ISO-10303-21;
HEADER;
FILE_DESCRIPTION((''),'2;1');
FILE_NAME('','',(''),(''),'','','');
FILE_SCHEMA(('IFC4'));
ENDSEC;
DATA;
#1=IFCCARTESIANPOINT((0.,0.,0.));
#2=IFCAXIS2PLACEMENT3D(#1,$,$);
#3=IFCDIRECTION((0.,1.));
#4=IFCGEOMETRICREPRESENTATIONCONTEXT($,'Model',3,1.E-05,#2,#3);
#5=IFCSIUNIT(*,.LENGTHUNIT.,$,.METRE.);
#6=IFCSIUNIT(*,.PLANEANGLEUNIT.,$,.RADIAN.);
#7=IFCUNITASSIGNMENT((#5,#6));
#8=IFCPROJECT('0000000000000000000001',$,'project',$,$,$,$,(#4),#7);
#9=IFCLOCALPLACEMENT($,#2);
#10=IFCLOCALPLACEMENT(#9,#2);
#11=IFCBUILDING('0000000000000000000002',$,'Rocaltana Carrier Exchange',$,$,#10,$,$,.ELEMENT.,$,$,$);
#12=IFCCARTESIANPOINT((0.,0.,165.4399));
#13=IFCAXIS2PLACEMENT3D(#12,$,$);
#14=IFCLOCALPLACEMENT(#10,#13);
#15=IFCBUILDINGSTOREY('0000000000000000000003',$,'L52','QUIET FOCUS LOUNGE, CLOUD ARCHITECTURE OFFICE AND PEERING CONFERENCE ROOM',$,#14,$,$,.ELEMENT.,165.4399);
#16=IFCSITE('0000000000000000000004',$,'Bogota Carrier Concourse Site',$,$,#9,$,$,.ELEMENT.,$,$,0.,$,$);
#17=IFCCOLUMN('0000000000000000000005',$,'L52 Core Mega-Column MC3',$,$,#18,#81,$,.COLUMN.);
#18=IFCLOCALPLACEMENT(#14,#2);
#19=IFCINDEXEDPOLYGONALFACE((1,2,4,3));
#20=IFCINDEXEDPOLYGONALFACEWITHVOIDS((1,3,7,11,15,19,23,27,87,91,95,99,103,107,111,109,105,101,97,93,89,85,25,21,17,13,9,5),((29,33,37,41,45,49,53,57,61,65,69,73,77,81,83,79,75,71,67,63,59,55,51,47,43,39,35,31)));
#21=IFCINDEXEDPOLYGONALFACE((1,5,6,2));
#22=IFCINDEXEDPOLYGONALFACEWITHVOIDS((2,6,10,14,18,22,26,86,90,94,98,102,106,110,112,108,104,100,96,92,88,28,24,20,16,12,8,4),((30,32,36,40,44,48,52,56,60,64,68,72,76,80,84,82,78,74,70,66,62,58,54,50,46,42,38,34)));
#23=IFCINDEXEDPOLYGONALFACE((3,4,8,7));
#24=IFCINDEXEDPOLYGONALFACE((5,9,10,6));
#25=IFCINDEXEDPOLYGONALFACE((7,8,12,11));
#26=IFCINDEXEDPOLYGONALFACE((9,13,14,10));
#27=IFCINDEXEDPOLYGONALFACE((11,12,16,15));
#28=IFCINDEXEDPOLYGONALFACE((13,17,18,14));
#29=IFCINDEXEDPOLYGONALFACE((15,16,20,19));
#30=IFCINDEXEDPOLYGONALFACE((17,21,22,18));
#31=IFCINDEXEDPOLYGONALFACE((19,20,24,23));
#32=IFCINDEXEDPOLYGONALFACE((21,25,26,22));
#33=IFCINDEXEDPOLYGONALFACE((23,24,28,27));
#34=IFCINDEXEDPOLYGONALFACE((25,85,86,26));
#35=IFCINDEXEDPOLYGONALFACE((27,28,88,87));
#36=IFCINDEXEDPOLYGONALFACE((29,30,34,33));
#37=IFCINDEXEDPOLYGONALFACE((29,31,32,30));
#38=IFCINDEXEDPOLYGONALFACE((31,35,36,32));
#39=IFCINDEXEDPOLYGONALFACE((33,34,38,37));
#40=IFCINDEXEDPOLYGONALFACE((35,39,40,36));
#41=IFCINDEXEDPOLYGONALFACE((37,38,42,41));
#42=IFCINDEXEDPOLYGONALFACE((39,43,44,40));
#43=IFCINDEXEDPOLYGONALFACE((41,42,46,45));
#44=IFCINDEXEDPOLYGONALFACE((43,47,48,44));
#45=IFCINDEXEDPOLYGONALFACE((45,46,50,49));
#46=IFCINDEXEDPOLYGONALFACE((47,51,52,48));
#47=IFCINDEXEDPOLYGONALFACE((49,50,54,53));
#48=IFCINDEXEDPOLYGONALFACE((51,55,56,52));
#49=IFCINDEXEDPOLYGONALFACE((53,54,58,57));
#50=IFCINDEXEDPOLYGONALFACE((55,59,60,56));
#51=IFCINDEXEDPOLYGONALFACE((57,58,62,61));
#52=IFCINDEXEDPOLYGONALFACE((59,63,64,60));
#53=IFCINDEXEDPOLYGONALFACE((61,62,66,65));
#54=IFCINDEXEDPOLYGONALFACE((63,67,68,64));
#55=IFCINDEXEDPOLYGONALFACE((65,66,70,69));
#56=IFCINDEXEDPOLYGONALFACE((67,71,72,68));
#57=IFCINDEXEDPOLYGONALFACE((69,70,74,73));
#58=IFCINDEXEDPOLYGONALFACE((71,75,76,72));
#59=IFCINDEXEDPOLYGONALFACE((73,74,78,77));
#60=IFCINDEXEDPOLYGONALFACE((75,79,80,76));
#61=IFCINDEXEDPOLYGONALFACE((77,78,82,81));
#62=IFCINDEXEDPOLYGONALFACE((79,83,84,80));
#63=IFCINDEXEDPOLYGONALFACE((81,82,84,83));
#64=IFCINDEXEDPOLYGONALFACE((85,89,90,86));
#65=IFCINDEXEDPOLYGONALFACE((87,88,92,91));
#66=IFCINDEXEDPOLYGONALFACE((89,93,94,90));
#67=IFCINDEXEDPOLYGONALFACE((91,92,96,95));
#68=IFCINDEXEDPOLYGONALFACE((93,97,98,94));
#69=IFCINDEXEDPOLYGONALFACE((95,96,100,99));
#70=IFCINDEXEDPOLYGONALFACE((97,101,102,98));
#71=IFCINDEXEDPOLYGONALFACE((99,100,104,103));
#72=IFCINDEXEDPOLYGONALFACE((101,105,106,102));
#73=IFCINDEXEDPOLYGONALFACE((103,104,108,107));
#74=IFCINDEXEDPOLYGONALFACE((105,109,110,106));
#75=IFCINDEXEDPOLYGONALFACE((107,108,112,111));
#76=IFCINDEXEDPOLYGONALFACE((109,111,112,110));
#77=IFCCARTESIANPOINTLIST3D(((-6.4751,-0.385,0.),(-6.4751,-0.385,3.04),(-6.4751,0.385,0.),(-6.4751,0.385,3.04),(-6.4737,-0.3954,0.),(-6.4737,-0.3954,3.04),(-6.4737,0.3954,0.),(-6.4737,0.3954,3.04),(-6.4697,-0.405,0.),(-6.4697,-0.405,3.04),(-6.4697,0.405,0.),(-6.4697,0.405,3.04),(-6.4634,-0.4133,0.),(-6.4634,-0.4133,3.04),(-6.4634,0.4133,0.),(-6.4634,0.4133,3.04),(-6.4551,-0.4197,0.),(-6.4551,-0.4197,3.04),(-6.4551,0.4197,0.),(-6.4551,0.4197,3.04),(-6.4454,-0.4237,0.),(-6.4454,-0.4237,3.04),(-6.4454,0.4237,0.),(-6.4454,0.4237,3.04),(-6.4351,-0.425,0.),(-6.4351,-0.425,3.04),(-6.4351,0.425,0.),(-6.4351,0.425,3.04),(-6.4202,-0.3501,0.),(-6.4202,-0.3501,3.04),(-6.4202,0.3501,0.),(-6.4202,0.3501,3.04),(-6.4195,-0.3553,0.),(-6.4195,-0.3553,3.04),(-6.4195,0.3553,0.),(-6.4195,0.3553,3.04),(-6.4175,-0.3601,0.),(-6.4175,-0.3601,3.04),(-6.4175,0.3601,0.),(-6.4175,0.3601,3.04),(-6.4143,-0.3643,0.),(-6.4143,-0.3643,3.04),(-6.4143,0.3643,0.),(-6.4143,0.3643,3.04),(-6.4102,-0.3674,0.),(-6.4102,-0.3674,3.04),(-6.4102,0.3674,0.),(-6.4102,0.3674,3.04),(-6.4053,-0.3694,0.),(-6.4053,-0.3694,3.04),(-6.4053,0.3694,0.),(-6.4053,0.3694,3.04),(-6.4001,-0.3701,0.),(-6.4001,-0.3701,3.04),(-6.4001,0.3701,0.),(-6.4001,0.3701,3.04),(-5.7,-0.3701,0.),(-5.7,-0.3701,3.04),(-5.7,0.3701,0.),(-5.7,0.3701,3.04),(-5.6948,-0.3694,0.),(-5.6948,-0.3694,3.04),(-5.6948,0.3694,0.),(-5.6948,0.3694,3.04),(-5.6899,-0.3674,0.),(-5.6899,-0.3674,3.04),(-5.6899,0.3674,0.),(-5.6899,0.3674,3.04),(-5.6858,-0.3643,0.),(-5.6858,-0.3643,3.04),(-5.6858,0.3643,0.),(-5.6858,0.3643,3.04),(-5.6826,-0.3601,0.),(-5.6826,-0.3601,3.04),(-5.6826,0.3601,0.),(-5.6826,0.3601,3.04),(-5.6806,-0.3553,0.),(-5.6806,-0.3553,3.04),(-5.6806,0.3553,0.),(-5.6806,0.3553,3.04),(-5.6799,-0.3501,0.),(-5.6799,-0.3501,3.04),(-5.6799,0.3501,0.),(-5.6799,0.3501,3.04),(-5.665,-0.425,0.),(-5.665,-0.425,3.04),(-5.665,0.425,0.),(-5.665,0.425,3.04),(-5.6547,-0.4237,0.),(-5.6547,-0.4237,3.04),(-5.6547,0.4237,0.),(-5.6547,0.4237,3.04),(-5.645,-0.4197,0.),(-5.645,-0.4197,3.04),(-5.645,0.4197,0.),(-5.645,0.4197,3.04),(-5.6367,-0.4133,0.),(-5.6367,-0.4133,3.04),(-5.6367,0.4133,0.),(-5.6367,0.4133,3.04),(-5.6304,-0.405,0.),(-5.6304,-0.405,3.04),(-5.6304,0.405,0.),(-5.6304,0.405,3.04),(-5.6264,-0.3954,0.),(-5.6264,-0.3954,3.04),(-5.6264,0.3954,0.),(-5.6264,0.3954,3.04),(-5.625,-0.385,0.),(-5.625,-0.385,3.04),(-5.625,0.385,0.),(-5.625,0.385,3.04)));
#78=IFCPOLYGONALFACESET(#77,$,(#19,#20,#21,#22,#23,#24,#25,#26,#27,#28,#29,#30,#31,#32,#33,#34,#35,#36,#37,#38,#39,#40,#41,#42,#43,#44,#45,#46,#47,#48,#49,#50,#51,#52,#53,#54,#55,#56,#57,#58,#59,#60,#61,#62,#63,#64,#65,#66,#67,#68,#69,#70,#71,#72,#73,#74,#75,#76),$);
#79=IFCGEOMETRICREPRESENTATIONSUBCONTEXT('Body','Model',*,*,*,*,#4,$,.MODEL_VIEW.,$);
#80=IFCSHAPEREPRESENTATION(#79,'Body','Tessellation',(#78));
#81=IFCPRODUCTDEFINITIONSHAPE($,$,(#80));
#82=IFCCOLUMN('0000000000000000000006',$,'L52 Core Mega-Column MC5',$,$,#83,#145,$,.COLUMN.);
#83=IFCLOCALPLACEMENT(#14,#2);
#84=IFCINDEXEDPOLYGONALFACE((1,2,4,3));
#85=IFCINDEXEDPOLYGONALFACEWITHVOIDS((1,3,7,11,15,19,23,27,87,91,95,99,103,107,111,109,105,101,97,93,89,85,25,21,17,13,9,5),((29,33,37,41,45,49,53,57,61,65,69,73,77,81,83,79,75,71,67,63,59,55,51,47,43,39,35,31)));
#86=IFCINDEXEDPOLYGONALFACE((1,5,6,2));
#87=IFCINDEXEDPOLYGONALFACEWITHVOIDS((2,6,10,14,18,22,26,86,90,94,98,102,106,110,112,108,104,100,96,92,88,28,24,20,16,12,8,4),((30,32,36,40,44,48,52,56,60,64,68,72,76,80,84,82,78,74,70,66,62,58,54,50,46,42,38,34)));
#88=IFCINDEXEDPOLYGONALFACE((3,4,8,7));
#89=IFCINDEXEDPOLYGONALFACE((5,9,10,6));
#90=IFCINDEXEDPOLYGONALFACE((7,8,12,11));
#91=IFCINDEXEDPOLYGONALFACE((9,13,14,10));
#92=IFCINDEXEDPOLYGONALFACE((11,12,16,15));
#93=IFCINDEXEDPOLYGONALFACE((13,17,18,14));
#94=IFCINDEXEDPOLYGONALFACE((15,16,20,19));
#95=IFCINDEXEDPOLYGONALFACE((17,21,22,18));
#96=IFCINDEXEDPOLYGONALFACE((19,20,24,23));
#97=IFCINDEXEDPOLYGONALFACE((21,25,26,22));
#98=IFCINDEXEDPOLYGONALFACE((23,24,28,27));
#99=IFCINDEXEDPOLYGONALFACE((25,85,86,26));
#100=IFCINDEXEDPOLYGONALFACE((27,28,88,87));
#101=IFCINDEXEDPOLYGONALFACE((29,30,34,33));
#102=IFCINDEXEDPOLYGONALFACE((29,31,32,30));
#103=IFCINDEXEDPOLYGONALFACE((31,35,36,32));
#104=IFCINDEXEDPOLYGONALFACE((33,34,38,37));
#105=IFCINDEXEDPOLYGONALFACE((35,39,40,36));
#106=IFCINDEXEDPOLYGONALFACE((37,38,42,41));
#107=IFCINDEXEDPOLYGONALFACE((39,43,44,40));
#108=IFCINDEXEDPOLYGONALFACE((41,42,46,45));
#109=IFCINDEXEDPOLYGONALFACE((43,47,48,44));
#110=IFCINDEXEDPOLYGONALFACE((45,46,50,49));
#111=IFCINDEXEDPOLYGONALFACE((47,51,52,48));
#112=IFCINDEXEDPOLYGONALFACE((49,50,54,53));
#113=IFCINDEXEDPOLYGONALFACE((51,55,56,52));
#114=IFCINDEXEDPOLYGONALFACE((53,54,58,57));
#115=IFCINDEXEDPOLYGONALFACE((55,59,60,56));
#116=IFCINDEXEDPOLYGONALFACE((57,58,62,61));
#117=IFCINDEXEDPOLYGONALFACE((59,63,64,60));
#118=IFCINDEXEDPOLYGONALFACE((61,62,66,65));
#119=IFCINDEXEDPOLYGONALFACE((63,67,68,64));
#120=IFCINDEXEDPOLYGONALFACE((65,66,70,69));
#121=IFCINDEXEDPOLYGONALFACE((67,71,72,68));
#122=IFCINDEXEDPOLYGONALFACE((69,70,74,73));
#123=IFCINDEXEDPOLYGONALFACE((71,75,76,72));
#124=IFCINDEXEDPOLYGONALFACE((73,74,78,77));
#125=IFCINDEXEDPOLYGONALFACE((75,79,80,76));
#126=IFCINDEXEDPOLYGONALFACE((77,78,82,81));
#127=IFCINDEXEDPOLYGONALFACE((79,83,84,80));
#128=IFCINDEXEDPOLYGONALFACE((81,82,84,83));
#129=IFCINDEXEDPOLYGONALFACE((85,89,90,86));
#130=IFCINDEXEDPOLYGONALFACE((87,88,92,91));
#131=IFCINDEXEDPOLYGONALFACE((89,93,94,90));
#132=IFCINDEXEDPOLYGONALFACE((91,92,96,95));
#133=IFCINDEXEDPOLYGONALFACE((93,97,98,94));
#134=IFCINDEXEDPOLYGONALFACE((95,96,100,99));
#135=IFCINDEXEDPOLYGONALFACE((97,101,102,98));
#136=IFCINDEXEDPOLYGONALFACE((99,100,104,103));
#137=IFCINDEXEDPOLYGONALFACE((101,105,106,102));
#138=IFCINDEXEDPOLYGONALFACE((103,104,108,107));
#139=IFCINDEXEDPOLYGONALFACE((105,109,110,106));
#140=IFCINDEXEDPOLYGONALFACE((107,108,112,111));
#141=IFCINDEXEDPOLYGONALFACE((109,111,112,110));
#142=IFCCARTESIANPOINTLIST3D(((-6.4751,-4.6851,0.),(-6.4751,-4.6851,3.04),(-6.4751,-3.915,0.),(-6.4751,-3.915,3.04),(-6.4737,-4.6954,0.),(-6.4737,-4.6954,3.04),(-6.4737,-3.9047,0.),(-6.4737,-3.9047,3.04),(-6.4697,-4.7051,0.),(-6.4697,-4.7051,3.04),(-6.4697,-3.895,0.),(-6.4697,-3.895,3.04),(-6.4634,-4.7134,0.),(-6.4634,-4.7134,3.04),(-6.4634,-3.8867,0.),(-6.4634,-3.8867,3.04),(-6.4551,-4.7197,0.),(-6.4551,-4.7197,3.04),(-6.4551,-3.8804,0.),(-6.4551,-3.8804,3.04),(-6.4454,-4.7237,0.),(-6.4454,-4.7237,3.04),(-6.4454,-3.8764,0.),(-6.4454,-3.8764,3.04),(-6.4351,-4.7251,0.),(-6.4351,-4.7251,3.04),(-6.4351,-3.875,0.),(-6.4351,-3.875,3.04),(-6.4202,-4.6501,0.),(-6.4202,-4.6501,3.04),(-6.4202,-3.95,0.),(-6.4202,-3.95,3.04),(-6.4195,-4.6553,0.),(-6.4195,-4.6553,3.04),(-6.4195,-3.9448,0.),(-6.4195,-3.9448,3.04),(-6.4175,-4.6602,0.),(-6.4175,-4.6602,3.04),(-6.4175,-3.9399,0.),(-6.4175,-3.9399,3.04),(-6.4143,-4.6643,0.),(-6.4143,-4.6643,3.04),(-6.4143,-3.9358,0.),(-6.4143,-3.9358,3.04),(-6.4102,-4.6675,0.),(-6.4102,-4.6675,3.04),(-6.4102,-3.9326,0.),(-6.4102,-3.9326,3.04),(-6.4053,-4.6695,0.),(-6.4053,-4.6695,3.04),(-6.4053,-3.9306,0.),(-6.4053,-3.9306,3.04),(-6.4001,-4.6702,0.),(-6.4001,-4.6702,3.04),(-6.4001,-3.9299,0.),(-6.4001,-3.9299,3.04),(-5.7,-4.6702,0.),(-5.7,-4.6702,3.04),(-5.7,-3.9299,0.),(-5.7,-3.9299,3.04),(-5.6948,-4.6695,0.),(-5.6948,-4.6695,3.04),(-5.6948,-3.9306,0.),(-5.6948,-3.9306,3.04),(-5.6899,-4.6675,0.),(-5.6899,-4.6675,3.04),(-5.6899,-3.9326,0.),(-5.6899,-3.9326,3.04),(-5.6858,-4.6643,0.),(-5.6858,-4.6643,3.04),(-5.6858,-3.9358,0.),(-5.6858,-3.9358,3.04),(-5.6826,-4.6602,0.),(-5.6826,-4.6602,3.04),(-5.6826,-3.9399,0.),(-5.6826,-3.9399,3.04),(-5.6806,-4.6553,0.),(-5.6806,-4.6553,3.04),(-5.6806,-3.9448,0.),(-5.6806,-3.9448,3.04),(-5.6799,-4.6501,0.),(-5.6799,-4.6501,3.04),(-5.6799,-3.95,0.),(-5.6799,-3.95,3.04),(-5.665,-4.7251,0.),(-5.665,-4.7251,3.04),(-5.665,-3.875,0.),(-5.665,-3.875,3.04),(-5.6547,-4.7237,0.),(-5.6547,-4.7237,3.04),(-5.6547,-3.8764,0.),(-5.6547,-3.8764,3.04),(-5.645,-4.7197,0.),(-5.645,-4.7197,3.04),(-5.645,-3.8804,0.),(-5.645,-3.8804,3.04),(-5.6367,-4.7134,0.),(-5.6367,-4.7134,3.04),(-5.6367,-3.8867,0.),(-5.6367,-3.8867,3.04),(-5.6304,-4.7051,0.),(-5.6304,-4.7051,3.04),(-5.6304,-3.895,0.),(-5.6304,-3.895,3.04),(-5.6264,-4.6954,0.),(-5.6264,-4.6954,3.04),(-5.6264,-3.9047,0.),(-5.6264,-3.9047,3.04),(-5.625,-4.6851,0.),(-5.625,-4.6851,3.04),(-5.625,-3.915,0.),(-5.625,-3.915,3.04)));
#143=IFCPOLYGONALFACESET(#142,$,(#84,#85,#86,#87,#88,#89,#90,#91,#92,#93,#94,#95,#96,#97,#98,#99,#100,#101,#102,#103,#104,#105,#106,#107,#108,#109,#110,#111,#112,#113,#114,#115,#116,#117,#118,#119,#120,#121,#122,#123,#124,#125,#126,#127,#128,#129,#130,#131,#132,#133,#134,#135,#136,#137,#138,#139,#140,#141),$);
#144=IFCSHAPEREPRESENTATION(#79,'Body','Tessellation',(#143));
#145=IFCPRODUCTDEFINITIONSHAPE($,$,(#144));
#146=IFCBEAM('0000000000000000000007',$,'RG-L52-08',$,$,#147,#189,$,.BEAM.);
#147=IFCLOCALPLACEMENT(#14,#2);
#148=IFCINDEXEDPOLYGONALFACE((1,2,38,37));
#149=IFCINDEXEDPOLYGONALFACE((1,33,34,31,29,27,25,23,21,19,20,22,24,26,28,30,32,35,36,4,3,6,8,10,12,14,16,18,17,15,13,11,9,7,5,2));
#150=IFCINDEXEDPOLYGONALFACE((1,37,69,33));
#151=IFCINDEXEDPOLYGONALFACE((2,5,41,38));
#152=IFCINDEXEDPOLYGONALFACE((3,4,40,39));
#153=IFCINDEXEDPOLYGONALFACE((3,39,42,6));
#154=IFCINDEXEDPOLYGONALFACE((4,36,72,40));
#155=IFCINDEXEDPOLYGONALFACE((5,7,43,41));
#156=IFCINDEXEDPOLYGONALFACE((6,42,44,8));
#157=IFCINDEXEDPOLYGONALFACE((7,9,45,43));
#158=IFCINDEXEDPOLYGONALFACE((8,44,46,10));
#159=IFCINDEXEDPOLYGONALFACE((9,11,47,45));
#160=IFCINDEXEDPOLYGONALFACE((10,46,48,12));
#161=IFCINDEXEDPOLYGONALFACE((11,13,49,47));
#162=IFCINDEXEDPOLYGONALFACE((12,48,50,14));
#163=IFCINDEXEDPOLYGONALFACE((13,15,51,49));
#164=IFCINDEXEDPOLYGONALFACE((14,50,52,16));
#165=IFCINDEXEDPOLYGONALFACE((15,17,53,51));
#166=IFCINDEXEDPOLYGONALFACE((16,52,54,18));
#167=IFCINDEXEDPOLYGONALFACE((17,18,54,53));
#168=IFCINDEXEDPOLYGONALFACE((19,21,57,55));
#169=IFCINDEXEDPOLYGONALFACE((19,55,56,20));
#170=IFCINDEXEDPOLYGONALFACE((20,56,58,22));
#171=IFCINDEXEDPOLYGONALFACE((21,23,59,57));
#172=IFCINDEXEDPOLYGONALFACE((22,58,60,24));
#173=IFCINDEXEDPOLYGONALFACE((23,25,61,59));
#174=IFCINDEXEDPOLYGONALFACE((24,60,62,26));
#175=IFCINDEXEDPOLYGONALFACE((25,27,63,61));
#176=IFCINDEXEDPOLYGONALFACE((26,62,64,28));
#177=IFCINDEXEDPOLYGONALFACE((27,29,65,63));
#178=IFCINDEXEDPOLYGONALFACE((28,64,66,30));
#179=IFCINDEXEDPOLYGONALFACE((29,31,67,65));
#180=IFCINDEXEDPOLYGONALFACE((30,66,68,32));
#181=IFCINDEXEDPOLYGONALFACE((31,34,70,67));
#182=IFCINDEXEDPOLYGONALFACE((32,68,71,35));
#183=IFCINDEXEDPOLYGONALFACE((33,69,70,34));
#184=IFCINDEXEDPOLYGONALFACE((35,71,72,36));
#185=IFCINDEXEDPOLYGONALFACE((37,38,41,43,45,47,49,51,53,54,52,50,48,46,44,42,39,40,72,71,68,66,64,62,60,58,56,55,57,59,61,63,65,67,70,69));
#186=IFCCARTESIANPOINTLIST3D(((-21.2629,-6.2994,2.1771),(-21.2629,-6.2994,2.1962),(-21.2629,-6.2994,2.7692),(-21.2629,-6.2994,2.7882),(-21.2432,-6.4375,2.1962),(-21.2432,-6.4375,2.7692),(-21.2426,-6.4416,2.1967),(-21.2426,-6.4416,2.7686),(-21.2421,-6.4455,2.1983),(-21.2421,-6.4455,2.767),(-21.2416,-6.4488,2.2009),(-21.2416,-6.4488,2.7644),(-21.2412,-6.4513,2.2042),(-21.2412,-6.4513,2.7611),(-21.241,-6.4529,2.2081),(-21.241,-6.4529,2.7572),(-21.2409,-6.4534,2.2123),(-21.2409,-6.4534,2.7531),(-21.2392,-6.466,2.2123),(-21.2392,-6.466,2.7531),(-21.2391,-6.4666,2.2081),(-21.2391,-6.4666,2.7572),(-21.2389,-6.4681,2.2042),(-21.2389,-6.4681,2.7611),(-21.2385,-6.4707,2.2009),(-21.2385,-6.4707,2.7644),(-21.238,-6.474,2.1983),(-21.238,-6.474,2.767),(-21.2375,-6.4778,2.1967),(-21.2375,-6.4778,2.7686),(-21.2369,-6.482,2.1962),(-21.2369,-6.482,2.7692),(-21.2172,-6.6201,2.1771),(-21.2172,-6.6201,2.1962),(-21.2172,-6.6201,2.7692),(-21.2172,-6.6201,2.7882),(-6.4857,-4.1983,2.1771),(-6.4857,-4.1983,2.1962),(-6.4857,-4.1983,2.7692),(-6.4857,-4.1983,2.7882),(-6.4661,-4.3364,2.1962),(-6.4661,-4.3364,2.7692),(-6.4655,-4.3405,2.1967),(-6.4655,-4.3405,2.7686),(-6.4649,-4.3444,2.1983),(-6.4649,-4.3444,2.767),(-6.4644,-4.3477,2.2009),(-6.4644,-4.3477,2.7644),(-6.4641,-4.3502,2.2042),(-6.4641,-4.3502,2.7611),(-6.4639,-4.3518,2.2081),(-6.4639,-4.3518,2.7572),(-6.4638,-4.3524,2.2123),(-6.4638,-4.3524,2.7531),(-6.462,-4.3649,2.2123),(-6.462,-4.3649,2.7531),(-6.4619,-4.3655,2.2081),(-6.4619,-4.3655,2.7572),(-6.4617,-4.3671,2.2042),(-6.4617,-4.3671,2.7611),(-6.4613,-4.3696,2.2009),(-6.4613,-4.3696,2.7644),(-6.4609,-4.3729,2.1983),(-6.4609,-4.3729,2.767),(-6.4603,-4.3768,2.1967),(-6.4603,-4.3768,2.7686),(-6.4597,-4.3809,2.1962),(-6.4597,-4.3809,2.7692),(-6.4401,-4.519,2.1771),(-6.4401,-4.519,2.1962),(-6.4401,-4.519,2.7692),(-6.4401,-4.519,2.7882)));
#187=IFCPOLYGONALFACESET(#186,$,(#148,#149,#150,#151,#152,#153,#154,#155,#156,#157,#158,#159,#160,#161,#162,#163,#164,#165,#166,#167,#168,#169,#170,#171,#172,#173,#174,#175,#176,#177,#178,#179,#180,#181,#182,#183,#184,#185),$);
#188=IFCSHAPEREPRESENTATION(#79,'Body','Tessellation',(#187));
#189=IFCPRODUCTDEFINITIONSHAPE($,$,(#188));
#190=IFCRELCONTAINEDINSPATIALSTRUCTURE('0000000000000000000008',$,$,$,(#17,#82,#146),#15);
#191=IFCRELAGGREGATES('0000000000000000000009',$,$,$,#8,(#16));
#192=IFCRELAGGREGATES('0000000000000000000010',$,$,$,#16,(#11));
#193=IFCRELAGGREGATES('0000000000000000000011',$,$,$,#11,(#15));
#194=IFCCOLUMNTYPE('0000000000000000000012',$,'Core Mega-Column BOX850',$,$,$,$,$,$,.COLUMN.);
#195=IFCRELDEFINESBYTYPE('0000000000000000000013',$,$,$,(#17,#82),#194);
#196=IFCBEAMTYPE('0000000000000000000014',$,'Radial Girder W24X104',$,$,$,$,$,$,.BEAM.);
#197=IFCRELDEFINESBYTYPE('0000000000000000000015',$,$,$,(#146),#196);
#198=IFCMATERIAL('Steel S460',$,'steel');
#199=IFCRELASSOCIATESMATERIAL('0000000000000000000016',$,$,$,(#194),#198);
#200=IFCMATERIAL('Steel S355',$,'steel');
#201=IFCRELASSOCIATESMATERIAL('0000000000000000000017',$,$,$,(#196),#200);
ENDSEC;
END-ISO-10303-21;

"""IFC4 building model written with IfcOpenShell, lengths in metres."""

from ifc_helpers import new_model, si_unit, direction, frame, origin, origin_2d, place, context, subcontext, project, spatial, hollow_rectangle, i_section, extrude, material, material_profile, profile_set, type_object, element, save


model = new_model("IFC4")

# Units and contexts
model_context = context("Model", 3, precision=1e-05, world=origin(), true_north=direction((0.0, 1.0)))
body_context = subcontext(model_context, "Body", "Model", "MODEL_VIEW")
ifc_project = project(units=[si_unit("LENGTHUNIT", "METRE"), si_unit("PLANEANGLEUNIT", "RADIAN")], contexts=[model_context])

# Site, building, storey
site_placement = place(None, origin())
site = spatial("IfcSite", under=ifc_project, at=site_placement, Name="Bogota Carrier Concourse Site", CompositionType="ELEMENT", RefElevation=0.0)
building_placement = place(site_placement, origin())
building = spatial("IfcBuilding", under=site, at=building_placement, Name="Rocaltana Carrier Exchange", CompositionType="ELEMENT")
storey_placement = place(building_placement, frame((0.0, 0.0, 165.4399)))
storey = spatial("IfcBuildingStorey", under=building, at=storey_placement, Name="L52", Description="QUIET FOCUS LOUNGE, CLOUD ARCHITECTURE OFFICE AND PEERING CONFERENCE ROOM", CompositionType="ELEMENT", Elevation=165.4399)

# Columns
ifc_material_1 = material(Name="Steel S460", Category="steel")
ifc_material_profile_1 = material_profile(ifc_material_1, hollow_rectangle(XDim=0.8501, YDim=0.8501, WallThickness=0.0549, InnerFilletRadius=0.02, OuterFilletRadius=0.04, at=origin_2d()), Name="BOX850X850X55")
ifc_profile_set_1 = profile_set([ifc_material_profile_1], Name="Steel S460")
column_type = type_object("IfcColumnType", Name="Core Mega-Column BOX850", PredefinedType="COLUMN", material=ifc_profile_set_1)
for number, where, z_axis, x_axis, name in (
    (1, (-6.05, 0.0, 0.0), (0.0, 0.0, 1.0), (1.0, 0.0, 0.0), "L52 Core Mega-Column MC3"),
    (2, (-6.05, -4.3, 0.0), (0.0, 0.0, 1.0), (1.0, 0.0, 0.0), "L52 Core Mega-Column MC5"),
):
    element("IfcColumn", number, at=place(storey_placement, frame(where, z_axis=z_axis, x_axis=x_axis)), inside=storey, type_object=column_type, Name=name, PredefinedType="COLUMN", context=body_context, shape_type="SweptSolid", body=[
        extrude(hollow_rectangle(XDim=0.8501, YDim=0.8501, WallThickness=0.0549, InnerFilletRadius=0.02, OuterFilletRadius=0.04, at=origin_2d()), origin(), (0.0, 0.0, 1.0), 3.04),
    ])

# Beam
ifc_material_2 = material(Name="Steel S355", Category="steel")
ifc_material_profile_2 = material_profile(ifc_material_2, i_section(OverallWidth=0.324, OverallDepth=0.6111, WebThickness=0.0127, FlangeThickness=0.019, FilletRadius=0.0161, at=origin_2d()), Name="W24X104")
ifc_profile_set_2 = profile_set([ifc_material_profile_2], Name="Steel S355")
beam_type = type_object("IfcBeamType", Name="Radial Girder W24X104", PredefinedType="BEAM", material=ifc_profile_set_2)
beam_1_placement = place(storey_placement, frame((-6.4629, -4.3586, 2.4827), z_axis=(-0.990043, -0.140769, 0.0), x_axis=(0.140769, -0.990043, 0.0)))
element("IfcBeam", 3, at=beam_1_placement, inside=storey, type_object=beam_type, Name="RG-L52-08", PredefinedType="BEAM", context=body_context, shape_type="SweptSolid", body=[
    extrude(i_section(OverallWidth=0.324, OverallDepth=0.6111, WebThickness=0.0127, FlangeThickness=0.019, FilletRadius=0.0161, at=origin_2d()), origin(), (0.0, 0.0, 1.0), 14.9258),
])

save(model, "model.ifc")
